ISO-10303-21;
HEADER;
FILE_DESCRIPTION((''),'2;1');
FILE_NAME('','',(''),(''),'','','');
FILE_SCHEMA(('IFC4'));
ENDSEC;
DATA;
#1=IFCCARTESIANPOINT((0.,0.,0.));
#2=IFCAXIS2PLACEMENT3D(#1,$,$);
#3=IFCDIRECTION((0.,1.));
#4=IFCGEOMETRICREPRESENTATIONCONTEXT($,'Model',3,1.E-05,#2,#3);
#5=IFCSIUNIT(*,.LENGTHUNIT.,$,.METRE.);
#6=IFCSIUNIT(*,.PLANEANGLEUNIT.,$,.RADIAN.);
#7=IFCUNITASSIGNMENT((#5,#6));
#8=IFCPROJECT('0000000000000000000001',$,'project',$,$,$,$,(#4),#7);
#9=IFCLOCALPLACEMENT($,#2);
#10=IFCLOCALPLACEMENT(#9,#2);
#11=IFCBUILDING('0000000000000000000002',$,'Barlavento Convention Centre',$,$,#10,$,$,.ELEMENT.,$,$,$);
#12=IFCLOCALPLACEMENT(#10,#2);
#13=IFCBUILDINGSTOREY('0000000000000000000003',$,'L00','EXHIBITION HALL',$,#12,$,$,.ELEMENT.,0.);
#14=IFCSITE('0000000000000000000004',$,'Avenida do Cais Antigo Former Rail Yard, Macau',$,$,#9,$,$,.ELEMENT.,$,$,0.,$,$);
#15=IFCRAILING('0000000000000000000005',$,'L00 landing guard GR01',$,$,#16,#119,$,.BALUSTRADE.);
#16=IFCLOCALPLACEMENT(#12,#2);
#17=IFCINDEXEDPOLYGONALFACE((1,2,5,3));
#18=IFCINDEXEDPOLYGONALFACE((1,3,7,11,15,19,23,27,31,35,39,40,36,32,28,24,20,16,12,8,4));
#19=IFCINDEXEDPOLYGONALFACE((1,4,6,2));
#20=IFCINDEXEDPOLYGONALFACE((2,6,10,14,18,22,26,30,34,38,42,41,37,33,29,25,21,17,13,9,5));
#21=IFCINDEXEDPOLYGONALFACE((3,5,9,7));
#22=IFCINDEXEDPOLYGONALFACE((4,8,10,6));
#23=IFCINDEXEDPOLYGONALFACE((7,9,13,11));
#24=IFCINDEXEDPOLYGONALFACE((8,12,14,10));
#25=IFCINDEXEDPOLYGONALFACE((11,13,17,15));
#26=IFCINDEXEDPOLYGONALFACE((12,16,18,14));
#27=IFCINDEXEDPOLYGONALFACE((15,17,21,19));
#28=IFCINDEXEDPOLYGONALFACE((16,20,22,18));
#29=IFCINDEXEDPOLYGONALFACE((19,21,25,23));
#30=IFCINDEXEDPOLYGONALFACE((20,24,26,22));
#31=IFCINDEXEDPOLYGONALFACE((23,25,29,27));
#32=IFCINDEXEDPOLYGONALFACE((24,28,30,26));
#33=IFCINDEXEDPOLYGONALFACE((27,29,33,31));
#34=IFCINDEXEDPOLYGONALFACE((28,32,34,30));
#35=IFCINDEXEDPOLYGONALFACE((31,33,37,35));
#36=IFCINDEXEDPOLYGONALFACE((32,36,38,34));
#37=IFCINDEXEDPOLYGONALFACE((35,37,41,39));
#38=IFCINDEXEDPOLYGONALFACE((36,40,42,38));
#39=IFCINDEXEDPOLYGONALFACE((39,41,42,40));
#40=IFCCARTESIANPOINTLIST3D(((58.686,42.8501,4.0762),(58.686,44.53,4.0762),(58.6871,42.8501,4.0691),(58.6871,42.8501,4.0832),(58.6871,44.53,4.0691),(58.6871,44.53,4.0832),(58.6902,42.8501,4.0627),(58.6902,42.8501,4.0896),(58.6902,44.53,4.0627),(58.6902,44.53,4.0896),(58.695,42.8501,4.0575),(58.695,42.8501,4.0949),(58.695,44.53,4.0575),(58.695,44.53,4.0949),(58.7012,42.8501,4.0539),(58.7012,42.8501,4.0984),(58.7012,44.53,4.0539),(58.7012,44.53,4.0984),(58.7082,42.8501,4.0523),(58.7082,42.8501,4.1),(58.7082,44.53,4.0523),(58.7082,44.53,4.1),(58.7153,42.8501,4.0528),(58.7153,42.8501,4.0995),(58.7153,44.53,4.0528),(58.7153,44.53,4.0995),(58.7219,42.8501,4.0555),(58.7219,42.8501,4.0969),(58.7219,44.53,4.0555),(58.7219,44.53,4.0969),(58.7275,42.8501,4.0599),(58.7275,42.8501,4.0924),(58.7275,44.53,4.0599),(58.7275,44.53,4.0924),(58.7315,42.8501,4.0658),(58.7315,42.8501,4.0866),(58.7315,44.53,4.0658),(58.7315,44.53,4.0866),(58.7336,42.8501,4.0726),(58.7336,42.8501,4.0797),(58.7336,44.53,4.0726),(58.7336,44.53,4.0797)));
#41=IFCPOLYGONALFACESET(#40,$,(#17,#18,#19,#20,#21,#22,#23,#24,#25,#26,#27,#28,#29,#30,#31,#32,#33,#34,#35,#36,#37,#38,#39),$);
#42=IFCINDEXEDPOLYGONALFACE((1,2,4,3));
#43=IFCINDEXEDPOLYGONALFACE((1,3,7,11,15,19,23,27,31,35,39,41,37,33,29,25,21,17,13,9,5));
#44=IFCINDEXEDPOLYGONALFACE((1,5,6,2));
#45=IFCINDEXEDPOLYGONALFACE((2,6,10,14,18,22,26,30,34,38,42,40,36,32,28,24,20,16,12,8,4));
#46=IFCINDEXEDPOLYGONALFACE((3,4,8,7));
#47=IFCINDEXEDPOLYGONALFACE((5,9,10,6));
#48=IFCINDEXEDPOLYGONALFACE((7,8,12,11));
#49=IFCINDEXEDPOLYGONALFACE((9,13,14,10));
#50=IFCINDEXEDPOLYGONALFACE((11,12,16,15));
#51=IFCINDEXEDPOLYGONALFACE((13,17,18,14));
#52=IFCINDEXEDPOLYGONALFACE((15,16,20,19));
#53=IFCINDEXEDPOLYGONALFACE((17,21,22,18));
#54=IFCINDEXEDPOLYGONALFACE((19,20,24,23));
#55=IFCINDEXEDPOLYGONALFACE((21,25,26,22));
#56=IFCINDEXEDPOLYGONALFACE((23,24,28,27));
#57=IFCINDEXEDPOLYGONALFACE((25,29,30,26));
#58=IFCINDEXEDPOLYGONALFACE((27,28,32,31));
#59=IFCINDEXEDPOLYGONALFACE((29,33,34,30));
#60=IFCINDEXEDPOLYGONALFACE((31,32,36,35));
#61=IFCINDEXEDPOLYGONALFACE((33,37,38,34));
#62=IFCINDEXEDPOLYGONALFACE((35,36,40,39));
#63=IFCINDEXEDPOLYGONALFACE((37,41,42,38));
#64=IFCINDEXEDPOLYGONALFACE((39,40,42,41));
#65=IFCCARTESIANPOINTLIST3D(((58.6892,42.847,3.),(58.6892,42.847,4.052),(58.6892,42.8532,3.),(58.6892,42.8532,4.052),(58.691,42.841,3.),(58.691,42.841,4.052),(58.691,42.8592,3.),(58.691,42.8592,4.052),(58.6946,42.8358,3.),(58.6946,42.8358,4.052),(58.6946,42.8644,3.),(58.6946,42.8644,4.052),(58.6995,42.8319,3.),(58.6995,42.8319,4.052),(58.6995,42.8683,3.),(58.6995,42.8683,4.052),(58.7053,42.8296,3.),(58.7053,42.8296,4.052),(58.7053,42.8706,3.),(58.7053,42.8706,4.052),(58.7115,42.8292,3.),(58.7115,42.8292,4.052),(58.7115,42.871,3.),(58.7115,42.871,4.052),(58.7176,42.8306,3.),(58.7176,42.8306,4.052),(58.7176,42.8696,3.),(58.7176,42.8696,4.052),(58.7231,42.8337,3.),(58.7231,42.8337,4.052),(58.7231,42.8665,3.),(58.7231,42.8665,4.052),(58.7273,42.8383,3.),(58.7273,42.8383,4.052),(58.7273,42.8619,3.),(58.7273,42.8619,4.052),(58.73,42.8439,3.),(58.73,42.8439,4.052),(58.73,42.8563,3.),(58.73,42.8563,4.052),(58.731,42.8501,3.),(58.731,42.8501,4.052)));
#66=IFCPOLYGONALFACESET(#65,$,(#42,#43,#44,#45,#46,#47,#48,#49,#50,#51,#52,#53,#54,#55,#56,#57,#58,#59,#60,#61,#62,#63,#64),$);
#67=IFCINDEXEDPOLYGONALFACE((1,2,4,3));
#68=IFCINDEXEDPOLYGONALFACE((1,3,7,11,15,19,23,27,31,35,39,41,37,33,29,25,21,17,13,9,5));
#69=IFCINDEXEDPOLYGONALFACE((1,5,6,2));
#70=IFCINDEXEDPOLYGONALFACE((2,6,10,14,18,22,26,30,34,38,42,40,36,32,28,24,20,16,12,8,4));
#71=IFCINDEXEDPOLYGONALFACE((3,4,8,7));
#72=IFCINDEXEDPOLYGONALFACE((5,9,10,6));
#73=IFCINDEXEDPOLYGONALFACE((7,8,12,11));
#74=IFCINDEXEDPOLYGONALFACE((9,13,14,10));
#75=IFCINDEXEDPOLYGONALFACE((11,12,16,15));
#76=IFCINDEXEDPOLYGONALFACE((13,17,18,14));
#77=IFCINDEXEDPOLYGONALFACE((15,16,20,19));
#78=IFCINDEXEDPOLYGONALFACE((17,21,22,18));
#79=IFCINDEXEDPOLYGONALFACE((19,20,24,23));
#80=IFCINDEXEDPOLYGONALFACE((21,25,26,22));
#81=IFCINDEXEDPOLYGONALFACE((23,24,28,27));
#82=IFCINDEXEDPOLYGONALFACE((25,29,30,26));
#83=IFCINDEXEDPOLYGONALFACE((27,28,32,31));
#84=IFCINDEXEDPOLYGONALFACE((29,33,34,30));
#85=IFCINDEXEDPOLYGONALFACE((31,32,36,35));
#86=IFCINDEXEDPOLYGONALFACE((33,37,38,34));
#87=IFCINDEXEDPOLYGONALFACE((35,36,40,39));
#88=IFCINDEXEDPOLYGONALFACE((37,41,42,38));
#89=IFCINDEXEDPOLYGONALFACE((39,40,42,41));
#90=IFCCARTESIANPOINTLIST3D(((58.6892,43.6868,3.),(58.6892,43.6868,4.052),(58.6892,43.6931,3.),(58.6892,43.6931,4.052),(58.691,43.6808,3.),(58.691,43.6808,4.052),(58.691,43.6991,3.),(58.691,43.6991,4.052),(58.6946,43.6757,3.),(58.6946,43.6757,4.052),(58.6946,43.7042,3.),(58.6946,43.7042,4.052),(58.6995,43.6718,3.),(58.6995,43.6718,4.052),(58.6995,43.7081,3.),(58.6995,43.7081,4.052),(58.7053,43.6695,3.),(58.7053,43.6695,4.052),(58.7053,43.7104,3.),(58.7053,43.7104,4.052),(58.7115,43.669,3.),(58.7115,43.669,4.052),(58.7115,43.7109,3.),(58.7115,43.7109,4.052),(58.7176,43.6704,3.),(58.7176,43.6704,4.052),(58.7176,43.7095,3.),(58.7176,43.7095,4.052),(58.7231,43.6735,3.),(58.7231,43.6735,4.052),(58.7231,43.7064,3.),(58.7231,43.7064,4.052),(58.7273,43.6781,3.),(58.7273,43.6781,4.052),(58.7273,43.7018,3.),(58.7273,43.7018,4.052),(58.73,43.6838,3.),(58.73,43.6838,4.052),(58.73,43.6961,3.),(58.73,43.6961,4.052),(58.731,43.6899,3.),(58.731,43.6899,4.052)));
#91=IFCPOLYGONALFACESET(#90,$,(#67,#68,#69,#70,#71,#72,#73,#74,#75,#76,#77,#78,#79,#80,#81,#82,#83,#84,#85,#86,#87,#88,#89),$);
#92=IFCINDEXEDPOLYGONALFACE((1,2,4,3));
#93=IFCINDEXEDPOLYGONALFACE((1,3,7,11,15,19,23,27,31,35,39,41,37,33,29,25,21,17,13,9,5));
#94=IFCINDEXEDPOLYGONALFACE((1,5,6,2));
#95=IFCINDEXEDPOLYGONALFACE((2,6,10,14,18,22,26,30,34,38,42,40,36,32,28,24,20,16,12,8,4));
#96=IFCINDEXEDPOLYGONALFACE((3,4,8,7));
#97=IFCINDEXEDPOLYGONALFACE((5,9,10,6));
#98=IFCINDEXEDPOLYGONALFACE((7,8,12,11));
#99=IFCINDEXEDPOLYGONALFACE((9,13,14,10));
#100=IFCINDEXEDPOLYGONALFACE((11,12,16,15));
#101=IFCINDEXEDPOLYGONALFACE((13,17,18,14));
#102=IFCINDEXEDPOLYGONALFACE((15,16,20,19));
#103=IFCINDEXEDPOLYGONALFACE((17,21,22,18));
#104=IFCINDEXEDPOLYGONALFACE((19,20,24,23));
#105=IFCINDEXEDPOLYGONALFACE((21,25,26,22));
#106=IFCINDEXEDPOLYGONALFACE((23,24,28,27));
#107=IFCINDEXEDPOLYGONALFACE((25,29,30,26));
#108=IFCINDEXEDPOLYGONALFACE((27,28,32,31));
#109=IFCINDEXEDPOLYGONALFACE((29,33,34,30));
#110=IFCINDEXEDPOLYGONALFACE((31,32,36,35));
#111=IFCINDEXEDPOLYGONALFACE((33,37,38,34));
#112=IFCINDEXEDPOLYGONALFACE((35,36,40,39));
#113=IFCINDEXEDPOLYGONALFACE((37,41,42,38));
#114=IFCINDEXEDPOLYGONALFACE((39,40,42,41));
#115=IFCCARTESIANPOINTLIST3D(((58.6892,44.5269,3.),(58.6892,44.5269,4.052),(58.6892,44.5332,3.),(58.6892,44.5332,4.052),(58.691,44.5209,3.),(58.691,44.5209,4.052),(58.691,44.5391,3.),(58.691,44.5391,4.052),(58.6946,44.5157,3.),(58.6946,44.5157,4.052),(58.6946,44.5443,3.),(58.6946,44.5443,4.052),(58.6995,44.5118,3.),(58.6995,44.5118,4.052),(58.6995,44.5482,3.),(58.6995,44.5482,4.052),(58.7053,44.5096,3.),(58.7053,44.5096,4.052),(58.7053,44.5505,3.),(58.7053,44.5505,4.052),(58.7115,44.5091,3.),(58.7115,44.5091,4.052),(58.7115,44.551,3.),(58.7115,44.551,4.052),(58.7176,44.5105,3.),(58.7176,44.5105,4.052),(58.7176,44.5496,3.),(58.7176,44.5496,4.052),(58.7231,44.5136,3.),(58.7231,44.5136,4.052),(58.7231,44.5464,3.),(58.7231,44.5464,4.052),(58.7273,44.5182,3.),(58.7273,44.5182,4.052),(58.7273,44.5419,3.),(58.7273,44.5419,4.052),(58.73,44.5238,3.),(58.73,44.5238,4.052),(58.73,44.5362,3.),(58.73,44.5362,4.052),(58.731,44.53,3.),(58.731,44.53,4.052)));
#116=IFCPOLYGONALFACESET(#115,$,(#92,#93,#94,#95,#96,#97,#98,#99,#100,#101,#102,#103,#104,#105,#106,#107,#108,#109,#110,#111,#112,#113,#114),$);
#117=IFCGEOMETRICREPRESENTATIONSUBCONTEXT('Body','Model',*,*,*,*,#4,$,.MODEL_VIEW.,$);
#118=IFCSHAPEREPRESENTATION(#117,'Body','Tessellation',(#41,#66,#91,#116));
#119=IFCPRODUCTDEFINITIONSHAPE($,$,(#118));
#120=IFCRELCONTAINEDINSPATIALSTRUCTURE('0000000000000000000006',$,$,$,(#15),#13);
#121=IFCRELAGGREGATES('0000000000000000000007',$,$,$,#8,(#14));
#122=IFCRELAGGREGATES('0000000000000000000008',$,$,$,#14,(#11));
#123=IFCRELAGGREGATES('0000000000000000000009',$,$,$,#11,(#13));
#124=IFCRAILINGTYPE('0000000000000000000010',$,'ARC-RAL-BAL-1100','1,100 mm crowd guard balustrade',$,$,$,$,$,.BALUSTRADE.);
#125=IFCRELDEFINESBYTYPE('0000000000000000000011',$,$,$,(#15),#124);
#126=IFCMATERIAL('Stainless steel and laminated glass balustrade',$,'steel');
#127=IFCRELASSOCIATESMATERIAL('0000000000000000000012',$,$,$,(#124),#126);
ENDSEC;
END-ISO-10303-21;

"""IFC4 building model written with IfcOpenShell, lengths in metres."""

from ifc_helpers import new_model, si_unit, direction, frame, origin, origin_2d, place, context, subcontext, project, spatial, circle, extrude, material, type_object, element, save


model = new_model("IFC4")

# Units and contexts
model_context = context("Model", 3, precision=1e-05, world=origin(), true_north=direction((0.0, 1.0)))
body_context = subcontext(model_context, "Body", "Model", "MODEL_VIEW")
ifc_project = project(units=[si_unit("LENGTHUNIT", "METRE"), si_unit("PLANEANGLEUNIT", "RADIAN")], contexts=[model_context])

# Site, building, storey
site_placement = place(None, origin())
site = spatial("IfcSite", under=ifc_project, at=site_placement, Name="Avenida do Cais Antigo Former Rail Yard, Macau", CompositionType="ELEMENT", RefElevation=0.0)
building_placement = place(site_placement, origin())
building = spatial("IfcBuilding", under=site, at=building_placement, Name="Barlavento Convention Centre", CompositionType="ELEMENT")
storey_placement = place(building_placement, origin())
storey = spatial("IfcBuildingStorey", under=building, at=storey_placement, Name="L00", Description="EXHIBITION HALL", CompositionType="ELEMENT", Elevation=0.0)

# Railing
ifc_material_1 = material(Name="Stainless steel and laminated glass balustrade", Category="steel")
railing_type_1 = type_object("IfcRailingType", Name="ARC-RAL-BAL-1100", Description="1,100 mm crowd guard balustrade", PredefinedType="BALUSTRADE", material=ifc_material_1)
for number, where, name in (
    (1, (58.71, 42.8501, 3.0), "L00 landing guard GR01"),
):
    element("IfcRailing", number, at=place(storey_placement, frame(where)), inside=storey, type_object=railing_type_1, Name=name, PredefinedType="BALUSTRADE", context=body_context, shape_type="SweptSolid", body=[
        extrude(circle(Radius=0.0239, at=origin_2d()), frame((0.0, 0.0, 1.0762), z_axis=(0.0, 1.0, 0.0), x_axis=(-1.0, 0.0, 0.0)), (0.0, 0.0, 1.0), 1.6799),
        extrude(circle(Radius=0.021, at=origin_2d()), origin(), (0.0, 0.0, 1.0), 1.052),
        extrude(circle(Radius=0.021, at=origin_2d()), frame((0.0, 0.8398, 0.0)), (0.0, 0.0, 1.0), 1.052),
        extrude(circle(Radius=0.021, at=origin_2d()), frame((0.0, 1.6799, 0.0)), (0.0, 0.0, 1.0), 1.052),
    ])

save(model, "model.ifc")
